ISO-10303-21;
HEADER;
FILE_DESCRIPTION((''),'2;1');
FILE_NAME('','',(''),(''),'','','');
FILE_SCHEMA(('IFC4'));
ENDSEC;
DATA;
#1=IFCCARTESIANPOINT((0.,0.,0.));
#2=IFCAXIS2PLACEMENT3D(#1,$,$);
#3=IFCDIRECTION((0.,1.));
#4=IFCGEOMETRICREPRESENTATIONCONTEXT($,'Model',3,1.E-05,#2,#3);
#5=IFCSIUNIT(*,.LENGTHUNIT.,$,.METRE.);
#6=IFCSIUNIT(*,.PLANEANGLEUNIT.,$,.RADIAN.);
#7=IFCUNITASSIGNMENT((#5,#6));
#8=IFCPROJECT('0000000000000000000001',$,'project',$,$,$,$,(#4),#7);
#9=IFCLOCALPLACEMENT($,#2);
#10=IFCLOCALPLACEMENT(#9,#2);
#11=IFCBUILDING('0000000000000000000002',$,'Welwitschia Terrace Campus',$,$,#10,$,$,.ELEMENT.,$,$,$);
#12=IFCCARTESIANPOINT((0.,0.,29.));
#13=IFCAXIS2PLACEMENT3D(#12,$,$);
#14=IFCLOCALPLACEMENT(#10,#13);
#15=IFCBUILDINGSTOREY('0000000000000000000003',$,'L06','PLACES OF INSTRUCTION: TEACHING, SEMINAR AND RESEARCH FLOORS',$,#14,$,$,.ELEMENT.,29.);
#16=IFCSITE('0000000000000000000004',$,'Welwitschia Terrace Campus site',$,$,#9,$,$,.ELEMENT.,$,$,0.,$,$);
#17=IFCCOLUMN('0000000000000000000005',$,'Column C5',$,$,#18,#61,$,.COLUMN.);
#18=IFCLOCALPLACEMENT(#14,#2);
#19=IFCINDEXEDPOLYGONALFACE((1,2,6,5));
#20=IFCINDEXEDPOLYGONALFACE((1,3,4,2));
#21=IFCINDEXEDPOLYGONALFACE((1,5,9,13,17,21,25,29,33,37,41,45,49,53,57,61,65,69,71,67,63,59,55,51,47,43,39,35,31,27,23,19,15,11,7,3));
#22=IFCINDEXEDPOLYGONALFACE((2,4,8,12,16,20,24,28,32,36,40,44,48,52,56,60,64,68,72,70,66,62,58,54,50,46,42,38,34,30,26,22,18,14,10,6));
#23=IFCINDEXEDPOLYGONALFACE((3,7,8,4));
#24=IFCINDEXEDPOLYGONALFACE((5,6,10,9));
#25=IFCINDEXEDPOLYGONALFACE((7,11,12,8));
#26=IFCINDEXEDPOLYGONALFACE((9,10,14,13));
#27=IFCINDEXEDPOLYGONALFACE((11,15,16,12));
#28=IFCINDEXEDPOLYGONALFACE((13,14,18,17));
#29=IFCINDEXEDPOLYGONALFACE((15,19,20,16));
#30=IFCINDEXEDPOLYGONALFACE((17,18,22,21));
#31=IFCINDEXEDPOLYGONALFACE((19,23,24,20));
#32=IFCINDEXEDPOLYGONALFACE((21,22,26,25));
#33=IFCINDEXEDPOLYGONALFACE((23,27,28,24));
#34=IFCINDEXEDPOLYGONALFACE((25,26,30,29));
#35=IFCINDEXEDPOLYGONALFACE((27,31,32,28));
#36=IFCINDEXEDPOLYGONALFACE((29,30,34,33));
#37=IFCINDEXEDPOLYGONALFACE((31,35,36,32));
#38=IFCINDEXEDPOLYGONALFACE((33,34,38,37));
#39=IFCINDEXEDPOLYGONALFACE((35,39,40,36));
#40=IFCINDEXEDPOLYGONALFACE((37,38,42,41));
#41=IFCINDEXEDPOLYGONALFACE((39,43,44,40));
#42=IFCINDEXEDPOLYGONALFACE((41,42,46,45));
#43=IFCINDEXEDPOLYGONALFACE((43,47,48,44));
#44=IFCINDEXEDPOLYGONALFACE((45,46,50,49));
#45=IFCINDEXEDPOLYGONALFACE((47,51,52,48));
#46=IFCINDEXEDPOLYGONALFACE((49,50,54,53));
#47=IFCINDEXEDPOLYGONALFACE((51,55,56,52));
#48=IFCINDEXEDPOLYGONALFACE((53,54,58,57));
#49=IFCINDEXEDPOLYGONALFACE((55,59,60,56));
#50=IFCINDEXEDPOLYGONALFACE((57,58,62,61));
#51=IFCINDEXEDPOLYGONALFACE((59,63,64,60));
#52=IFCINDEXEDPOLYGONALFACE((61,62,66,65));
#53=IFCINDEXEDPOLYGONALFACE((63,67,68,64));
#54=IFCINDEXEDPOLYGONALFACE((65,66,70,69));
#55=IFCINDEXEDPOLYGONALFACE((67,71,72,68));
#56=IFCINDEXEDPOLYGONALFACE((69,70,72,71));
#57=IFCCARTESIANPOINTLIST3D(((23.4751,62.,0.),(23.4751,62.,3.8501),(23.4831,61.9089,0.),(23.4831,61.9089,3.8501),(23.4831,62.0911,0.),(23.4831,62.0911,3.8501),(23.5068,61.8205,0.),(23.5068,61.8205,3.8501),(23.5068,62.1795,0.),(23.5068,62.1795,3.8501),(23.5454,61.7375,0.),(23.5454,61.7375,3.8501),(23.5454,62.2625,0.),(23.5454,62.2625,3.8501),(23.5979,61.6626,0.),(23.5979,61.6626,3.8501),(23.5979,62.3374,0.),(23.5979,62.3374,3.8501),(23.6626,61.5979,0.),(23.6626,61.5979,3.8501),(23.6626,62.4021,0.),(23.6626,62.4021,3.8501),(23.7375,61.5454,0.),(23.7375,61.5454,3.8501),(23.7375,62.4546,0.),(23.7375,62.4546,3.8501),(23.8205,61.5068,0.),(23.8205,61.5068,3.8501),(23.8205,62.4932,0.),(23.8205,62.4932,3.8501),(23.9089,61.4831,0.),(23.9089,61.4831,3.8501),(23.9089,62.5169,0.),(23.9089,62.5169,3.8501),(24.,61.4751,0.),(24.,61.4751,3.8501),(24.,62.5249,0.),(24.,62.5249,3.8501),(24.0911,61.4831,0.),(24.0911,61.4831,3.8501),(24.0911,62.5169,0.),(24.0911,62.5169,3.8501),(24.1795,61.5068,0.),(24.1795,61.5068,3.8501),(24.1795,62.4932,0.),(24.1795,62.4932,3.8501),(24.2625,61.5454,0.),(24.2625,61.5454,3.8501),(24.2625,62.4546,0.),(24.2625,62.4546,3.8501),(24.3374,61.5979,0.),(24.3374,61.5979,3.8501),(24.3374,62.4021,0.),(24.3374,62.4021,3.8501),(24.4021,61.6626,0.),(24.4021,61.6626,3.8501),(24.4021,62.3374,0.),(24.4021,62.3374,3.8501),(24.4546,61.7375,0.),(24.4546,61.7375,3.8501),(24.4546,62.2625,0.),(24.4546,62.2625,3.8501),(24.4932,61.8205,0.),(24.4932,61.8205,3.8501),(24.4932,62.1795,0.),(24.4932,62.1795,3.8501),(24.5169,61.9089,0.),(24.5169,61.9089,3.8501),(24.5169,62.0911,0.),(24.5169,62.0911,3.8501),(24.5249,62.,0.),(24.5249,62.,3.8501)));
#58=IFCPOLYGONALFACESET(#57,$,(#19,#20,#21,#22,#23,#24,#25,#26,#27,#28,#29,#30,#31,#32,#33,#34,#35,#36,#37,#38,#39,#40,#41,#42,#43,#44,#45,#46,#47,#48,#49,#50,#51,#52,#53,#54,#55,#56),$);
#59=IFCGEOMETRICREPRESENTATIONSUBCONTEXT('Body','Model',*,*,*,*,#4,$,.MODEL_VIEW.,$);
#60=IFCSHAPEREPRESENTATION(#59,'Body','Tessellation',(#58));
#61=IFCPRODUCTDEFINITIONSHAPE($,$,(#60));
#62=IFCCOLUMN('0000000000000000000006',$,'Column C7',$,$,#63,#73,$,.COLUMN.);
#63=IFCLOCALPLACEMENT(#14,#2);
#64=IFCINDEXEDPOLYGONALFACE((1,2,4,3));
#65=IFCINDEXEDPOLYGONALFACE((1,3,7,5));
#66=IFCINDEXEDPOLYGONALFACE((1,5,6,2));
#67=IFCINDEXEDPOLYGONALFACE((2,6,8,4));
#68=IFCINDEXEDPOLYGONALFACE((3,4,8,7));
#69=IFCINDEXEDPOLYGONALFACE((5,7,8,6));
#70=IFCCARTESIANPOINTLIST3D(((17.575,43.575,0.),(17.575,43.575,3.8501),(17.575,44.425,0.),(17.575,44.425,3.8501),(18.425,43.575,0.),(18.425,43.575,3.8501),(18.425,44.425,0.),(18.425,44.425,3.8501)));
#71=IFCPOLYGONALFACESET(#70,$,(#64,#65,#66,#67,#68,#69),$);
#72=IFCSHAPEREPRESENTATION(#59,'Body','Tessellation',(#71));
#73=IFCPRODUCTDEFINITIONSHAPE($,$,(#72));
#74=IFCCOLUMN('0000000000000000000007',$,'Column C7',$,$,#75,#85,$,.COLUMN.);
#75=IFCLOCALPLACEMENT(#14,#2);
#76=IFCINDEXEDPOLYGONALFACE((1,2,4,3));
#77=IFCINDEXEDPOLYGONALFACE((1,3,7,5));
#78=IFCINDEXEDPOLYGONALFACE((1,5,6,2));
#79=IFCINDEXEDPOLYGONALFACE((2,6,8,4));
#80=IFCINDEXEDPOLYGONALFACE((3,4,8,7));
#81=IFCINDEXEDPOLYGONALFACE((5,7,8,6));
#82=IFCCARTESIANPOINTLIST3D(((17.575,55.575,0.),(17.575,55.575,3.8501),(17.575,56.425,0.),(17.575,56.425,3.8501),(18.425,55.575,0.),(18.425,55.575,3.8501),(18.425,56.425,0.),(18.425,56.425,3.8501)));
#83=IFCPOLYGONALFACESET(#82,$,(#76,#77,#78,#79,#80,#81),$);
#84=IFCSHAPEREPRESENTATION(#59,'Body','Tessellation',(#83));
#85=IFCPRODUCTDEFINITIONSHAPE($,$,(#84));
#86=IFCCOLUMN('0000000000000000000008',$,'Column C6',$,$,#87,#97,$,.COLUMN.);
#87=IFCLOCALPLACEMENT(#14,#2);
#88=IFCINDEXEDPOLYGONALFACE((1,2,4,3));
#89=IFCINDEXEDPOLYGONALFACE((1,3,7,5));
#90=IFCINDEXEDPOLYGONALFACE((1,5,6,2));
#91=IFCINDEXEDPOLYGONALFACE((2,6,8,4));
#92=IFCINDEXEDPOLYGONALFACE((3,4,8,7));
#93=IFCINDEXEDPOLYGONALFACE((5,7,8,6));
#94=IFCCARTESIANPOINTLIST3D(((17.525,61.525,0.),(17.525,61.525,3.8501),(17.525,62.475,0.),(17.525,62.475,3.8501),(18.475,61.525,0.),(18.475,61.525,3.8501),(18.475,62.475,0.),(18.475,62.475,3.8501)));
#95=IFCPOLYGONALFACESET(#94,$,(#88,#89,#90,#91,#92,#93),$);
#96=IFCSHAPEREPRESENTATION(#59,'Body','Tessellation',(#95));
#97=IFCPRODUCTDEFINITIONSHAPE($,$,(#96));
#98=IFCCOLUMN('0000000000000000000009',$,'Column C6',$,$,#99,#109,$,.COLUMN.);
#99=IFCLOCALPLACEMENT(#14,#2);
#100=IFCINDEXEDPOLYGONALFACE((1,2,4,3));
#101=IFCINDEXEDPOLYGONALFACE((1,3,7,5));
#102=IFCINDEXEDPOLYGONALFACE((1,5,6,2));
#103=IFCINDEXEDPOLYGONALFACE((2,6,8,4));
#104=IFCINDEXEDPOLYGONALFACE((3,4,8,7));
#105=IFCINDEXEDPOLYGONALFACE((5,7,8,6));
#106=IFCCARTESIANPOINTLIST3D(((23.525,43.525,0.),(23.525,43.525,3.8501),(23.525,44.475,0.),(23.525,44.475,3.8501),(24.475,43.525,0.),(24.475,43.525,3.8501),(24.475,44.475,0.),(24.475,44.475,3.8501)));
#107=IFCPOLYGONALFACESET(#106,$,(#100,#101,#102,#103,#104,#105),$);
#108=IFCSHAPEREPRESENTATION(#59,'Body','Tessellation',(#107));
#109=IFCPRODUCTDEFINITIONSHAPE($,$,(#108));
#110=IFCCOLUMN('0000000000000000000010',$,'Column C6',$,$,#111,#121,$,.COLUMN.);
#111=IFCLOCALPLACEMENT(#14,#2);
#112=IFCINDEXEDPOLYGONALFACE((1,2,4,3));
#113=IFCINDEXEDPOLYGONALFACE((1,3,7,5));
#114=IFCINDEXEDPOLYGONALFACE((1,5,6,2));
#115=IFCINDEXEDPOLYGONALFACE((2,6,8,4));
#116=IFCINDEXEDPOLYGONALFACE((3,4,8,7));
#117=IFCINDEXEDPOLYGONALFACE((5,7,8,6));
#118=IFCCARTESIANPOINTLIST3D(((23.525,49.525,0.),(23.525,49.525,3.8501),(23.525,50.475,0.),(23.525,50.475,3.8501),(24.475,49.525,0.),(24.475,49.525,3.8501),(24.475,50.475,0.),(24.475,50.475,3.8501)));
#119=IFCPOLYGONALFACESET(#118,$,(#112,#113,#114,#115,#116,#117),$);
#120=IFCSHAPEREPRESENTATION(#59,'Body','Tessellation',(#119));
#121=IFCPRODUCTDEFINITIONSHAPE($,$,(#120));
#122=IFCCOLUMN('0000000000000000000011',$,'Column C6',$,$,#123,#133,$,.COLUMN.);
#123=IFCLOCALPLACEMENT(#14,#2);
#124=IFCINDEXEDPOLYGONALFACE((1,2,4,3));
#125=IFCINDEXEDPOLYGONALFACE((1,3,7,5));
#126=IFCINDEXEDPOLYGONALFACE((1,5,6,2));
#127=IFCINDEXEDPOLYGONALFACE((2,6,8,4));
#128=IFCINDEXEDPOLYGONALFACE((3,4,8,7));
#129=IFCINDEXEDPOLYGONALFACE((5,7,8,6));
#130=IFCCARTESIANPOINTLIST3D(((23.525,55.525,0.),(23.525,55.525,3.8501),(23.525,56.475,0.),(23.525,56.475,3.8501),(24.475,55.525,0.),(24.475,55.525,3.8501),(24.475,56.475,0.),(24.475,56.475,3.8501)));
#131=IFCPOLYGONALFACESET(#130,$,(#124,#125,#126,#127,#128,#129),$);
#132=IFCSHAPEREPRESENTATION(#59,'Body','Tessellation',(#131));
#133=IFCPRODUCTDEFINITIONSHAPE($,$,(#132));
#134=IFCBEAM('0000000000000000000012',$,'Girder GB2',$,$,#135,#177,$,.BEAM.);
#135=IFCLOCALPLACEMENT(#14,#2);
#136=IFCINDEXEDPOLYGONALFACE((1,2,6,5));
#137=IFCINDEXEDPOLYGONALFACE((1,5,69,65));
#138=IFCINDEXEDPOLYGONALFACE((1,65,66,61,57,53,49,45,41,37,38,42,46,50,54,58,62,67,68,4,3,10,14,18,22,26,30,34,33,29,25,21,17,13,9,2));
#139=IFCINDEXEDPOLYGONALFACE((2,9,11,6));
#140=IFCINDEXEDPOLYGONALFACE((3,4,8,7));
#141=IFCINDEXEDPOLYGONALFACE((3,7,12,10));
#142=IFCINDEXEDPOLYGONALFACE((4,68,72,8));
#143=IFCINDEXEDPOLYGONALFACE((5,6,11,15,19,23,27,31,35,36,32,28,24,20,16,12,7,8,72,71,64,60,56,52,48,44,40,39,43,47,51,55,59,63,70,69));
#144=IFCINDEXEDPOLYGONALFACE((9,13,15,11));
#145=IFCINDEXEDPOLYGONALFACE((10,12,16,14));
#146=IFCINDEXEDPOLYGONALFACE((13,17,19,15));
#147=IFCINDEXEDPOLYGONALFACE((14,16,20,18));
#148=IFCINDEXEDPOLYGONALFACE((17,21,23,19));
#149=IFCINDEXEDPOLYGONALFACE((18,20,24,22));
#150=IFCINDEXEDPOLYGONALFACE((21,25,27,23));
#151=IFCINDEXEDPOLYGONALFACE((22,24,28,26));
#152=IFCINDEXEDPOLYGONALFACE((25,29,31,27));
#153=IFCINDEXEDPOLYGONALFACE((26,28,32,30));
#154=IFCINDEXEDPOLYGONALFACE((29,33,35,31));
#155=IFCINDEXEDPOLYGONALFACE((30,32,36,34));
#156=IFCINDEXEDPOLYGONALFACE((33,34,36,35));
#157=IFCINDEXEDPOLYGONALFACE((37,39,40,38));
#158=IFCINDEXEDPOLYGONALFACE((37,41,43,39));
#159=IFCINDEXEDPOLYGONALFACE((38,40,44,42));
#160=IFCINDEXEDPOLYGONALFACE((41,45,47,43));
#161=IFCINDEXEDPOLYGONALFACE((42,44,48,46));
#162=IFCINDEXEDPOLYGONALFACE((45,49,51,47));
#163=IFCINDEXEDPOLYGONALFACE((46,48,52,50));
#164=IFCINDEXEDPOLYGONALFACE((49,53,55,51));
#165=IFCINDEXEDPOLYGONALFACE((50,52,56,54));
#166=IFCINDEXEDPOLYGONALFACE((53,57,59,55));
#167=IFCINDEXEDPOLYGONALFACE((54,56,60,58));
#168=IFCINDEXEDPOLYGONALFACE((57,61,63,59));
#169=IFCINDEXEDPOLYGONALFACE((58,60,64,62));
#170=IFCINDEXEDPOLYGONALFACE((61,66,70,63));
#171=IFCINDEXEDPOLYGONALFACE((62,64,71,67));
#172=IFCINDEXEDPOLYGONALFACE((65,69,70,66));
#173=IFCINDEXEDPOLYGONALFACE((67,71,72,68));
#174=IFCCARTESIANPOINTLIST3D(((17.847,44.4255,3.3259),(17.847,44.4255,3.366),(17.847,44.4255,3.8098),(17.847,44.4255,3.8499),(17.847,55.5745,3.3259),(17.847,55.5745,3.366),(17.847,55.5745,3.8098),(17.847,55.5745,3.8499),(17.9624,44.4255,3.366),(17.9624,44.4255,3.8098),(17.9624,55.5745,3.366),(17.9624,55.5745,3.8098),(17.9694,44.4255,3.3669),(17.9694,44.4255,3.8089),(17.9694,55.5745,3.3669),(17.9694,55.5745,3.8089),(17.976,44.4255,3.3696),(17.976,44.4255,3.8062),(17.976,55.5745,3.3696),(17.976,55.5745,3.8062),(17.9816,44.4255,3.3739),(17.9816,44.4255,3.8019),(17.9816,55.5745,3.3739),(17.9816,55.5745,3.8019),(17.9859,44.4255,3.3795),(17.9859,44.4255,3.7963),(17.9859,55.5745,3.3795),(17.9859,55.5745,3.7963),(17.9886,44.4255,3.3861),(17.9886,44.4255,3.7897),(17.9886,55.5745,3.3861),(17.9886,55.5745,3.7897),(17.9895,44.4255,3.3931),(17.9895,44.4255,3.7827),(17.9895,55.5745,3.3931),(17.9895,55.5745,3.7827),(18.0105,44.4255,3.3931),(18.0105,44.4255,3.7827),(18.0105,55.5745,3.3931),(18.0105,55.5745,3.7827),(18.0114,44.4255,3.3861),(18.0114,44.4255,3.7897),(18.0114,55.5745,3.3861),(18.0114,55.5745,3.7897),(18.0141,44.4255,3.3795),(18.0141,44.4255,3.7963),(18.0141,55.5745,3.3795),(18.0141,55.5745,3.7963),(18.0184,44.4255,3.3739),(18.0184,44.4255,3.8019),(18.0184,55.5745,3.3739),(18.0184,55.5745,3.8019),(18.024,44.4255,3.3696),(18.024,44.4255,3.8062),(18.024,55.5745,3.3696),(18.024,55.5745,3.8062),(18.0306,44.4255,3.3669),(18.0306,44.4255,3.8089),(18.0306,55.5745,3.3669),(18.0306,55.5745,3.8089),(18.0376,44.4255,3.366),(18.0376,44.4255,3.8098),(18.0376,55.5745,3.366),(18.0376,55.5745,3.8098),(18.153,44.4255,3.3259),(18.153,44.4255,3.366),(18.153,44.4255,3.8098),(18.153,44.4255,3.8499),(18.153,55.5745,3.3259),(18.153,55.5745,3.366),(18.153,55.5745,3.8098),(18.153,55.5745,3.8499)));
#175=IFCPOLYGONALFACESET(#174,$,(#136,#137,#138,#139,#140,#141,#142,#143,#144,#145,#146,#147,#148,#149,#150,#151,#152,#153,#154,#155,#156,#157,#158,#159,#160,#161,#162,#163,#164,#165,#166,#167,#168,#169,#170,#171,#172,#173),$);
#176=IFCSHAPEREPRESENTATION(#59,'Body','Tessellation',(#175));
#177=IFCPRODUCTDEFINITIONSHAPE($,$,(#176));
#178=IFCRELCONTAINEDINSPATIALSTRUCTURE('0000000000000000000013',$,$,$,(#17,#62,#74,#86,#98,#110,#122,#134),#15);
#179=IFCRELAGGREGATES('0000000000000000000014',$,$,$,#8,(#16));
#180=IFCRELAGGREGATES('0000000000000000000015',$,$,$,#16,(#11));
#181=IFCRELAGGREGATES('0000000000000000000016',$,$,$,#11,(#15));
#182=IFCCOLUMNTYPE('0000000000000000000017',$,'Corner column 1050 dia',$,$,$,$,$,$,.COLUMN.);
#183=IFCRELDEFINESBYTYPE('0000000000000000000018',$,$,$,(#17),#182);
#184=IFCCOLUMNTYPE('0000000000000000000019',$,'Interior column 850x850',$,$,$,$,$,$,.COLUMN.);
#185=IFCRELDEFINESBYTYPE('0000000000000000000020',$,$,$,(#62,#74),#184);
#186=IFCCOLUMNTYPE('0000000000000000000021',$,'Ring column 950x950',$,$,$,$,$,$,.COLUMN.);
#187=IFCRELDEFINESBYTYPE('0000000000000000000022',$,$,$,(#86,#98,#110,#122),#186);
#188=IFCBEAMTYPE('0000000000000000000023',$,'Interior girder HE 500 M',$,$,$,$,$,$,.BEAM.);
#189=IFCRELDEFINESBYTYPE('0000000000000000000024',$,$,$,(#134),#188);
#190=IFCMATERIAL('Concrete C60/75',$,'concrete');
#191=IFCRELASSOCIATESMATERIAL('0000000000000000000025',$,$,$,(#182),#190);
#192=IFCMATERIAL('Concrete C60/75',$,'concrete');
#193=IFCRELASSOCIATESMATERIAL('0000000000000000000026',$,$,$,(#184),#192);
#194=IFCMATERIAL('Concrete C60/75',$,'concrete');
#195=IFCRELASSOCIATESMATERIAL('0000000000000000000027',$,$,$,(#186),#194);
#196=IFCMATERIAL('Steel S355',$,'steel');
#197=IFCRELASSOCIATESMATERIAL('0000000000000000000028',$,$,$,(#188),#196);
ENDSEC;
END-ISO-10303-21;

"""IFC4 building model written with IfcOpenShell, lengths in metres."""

from ifc_helpers import new_model, si_unit, direction, frame, origin, origin_2d, place, context, subcontext, project, spatial, rectangle, circle, i_section, extrude, material, material_profile, profile_set, type_object, element, save


model = new_model("IFC4")

# Units and contexts
model_context = context("Model", 3, precision=1e-05, world=origin(), true_north=direction((0.0, 1.0)))
body_context = subcontext(model_context, "Body", "Model", "MODEL_VIEW")
ifc_project = project(units=[si_unit("LENGTHUNIT", "METRE"), si_unit("PLANEANGLEUNIT", "RADIAN")], contexts=[model_context])

# Site, building, storey
site_placement = place(None, origin())
site = spatial("IfcSite", under=ifc_project, at=site_placement, Name="Welwitschia Terrace Campus site", CompositionType="ELEMENT", RefElevation=0.0)
building_placement = place(site_placement, origin())
building = spatial("IfcBuilding", under=site, at=building_placement, Name="Welwitschia Terrace Campus", CompositionType="ELEMENT")
storey_placement = place(building_placement, frame((0.0, 0.0, 29.0)))
storey = spatial("IfcBuildingStorey", under=building, at=storey_placement, Name="L06", Description="PLACES OF INSTRUCTION: TEACHING, SEMINAR AND RESEARCH FLOORS", CompositionType="ELEMENT", Elevation=29.0)

# Columns
ifc_material_1 = material(Name="Concrete C60/75", Category="concrete")
ifc_material_profile_1 = material_profile(ifc_material_1, circle(Radius=0.5249, at=origin_2d()))
ifc_profile_set_1 = profile_set([ifc_material_profile_1], Name="Concrete C60/75")
column_type_1 = type_object("IfcColumnType", Name="Corner column 1050 dia", PredefinedType="COLUMN", material=ifc_profile_set_1)
column_placement = place(storey_placement, frame((24.0, 62.0, 0.0), z_axis=(0.0, 0.0, 1.0), x_axis=(1.0, 0.0, 0.0)))
element("IfcColumn", 1, at=column_placement, inside=storey, type_object=column_type_1, Name="Column C5", PredefinedType="COLUMN", context=body_context, shape_type="SweptSolid", body=[
    extrude(circle(Radius=0.5249, at=origin_2d()), origin(), (0.0, 0.0, 1.0), 3.8501),
])
ifc_material_2 = material(Name="Concrete C60/75", Category="concrete")
ifc_material_profile_2 = material_profile(ifc_material_2, rectangle(XDim=0.8501, YDim=0.8501, at=origin_2d()))
ifc_profile_set_2 = profile_set([ifc_material_profile_2], Name="Concrete C60/75")
column_type_2 = type_object("IfcColumnType", Name="Interior column 850x850", PredefinedType="COLUMN", material=ifc_profile_set_2)
for number, where, z_axis, x_axis, name in (
    (2, (18.0, 44.0, 0.0), (0.0, 0.0, 1.0), (1.0, 0.0, 0.0), "Column C7"),
    (3, (18.0, 56.0, 0.0), (0.0, 0.0, 1.0), (1.0, 0.0, 0.0), "Column C7"),
):
    element("IfcColumn", number, at=place(storey_placement, frame(where, z_axis=z_axis, x_axis=x_axis)), inside=storey, type_object=column_type_2, Name=name, PredefinedType="COLUMN", context=body_context, shape_type="SweptSolid", body=[
        extrude(rectangle(XDim=0.8501, YDim=0.8501, at=origin_2d()), origin(), (0.0, 0.0, 1.0), 3.8501),
    ])
ifc_material_3 = material(Name="Concrete C60/75", Category="concrete")
ifc_material_profile_3 = material_profile(ifc_material_3, rectangle(XDim=0.95, YDim=0.95, at=origin_2d()))
ifc_profile_set_3 = profile_set([ifc_material_profile_3], Name="Concrete C60/75")
column_type_3 = type_object("IfcColumnType", Name="Ring column 950x950", PredefinedType="COLUMN", material=ifc_profile_set_3)
for number, where, z_axis, x_axis, name in (
    (4, (18.0, 62.0, 0.0), (0.0, 0.0, 1.0), (1.0, 0.0, 0.0), "Column C6"),
    (5, (24.0, 44.0, 0.0), (0.0, 0.0, 1.0), (1.0, 0.0, 0.0), "Column C6"),
    (6, (24.0, 50.0, 0.0), (0.0, 0.0, 1.0), (1.0, 0.0, 0.0), "Column C6"),
    (7, (24.0, 56.0, 0.0), (0.0, 0.0, 1.0), (1.0, 0.0, 0.0), "Column C6"),
):
    element("IfcColumn", number, at=place(storey_placement, frame(where, z_axis=z_axis, x_axis=x_axis)), inside=storey, type_object=column_type_3, Name=name, PredefinedType="COLUMN", context=body_context, shape_type="SweptSolid", body=[
        extrude(rectangle(XDim=0.95, YDim=0.95, at=origin_2d()), origin(), (0.0, 0.0, 1.0), 3.8501),
    ])

# Beam
ifc_material_4 = material(Name="Steel S355", Category="steel")
ifc_material_profile_4 = material_profile(ifc_material_4, i_section(OverallWidth=0.3059, OverallDepth=0.5239, WebThickness=0.021, FlangeThickness=0.04, FilletRadius=0.0271, at=origin_2d()))
ifc_profile_set_4 = profile_set([ifc_material_profile_4], Name="Steel S355")
beam_type_1 = type_object("IfcBeamType", Name="Interior girder HE 500 M", PredefinedType="BEAM", material=ifc_profile_set_4)
beam_1_placement = place(storey_placement, frame((18.0, 44.4255, 3.5879), z_axis=(0.0, 1.0, 0.0), x_axis=(-1.0, 0.0, 0.0)))
element("IfcBeam", 8, at=beam_1_placement, inside=storey, type_object=beam_type_1, Name="Girder GB2", PredefinedType="BEAM", context=body_context, shape_type="SweptSolid", body=[
    extrude(i_section(OverallWidth=0.3059, OverallDepth=0.5239, WebThickness=0.021, FlangeThickness=0.04, FilletRadius=0.0271, at=origin_2d()), origin(), (0.0, 0.0, 1.0), 11.1489),
])

save(model, "model.ifc")
